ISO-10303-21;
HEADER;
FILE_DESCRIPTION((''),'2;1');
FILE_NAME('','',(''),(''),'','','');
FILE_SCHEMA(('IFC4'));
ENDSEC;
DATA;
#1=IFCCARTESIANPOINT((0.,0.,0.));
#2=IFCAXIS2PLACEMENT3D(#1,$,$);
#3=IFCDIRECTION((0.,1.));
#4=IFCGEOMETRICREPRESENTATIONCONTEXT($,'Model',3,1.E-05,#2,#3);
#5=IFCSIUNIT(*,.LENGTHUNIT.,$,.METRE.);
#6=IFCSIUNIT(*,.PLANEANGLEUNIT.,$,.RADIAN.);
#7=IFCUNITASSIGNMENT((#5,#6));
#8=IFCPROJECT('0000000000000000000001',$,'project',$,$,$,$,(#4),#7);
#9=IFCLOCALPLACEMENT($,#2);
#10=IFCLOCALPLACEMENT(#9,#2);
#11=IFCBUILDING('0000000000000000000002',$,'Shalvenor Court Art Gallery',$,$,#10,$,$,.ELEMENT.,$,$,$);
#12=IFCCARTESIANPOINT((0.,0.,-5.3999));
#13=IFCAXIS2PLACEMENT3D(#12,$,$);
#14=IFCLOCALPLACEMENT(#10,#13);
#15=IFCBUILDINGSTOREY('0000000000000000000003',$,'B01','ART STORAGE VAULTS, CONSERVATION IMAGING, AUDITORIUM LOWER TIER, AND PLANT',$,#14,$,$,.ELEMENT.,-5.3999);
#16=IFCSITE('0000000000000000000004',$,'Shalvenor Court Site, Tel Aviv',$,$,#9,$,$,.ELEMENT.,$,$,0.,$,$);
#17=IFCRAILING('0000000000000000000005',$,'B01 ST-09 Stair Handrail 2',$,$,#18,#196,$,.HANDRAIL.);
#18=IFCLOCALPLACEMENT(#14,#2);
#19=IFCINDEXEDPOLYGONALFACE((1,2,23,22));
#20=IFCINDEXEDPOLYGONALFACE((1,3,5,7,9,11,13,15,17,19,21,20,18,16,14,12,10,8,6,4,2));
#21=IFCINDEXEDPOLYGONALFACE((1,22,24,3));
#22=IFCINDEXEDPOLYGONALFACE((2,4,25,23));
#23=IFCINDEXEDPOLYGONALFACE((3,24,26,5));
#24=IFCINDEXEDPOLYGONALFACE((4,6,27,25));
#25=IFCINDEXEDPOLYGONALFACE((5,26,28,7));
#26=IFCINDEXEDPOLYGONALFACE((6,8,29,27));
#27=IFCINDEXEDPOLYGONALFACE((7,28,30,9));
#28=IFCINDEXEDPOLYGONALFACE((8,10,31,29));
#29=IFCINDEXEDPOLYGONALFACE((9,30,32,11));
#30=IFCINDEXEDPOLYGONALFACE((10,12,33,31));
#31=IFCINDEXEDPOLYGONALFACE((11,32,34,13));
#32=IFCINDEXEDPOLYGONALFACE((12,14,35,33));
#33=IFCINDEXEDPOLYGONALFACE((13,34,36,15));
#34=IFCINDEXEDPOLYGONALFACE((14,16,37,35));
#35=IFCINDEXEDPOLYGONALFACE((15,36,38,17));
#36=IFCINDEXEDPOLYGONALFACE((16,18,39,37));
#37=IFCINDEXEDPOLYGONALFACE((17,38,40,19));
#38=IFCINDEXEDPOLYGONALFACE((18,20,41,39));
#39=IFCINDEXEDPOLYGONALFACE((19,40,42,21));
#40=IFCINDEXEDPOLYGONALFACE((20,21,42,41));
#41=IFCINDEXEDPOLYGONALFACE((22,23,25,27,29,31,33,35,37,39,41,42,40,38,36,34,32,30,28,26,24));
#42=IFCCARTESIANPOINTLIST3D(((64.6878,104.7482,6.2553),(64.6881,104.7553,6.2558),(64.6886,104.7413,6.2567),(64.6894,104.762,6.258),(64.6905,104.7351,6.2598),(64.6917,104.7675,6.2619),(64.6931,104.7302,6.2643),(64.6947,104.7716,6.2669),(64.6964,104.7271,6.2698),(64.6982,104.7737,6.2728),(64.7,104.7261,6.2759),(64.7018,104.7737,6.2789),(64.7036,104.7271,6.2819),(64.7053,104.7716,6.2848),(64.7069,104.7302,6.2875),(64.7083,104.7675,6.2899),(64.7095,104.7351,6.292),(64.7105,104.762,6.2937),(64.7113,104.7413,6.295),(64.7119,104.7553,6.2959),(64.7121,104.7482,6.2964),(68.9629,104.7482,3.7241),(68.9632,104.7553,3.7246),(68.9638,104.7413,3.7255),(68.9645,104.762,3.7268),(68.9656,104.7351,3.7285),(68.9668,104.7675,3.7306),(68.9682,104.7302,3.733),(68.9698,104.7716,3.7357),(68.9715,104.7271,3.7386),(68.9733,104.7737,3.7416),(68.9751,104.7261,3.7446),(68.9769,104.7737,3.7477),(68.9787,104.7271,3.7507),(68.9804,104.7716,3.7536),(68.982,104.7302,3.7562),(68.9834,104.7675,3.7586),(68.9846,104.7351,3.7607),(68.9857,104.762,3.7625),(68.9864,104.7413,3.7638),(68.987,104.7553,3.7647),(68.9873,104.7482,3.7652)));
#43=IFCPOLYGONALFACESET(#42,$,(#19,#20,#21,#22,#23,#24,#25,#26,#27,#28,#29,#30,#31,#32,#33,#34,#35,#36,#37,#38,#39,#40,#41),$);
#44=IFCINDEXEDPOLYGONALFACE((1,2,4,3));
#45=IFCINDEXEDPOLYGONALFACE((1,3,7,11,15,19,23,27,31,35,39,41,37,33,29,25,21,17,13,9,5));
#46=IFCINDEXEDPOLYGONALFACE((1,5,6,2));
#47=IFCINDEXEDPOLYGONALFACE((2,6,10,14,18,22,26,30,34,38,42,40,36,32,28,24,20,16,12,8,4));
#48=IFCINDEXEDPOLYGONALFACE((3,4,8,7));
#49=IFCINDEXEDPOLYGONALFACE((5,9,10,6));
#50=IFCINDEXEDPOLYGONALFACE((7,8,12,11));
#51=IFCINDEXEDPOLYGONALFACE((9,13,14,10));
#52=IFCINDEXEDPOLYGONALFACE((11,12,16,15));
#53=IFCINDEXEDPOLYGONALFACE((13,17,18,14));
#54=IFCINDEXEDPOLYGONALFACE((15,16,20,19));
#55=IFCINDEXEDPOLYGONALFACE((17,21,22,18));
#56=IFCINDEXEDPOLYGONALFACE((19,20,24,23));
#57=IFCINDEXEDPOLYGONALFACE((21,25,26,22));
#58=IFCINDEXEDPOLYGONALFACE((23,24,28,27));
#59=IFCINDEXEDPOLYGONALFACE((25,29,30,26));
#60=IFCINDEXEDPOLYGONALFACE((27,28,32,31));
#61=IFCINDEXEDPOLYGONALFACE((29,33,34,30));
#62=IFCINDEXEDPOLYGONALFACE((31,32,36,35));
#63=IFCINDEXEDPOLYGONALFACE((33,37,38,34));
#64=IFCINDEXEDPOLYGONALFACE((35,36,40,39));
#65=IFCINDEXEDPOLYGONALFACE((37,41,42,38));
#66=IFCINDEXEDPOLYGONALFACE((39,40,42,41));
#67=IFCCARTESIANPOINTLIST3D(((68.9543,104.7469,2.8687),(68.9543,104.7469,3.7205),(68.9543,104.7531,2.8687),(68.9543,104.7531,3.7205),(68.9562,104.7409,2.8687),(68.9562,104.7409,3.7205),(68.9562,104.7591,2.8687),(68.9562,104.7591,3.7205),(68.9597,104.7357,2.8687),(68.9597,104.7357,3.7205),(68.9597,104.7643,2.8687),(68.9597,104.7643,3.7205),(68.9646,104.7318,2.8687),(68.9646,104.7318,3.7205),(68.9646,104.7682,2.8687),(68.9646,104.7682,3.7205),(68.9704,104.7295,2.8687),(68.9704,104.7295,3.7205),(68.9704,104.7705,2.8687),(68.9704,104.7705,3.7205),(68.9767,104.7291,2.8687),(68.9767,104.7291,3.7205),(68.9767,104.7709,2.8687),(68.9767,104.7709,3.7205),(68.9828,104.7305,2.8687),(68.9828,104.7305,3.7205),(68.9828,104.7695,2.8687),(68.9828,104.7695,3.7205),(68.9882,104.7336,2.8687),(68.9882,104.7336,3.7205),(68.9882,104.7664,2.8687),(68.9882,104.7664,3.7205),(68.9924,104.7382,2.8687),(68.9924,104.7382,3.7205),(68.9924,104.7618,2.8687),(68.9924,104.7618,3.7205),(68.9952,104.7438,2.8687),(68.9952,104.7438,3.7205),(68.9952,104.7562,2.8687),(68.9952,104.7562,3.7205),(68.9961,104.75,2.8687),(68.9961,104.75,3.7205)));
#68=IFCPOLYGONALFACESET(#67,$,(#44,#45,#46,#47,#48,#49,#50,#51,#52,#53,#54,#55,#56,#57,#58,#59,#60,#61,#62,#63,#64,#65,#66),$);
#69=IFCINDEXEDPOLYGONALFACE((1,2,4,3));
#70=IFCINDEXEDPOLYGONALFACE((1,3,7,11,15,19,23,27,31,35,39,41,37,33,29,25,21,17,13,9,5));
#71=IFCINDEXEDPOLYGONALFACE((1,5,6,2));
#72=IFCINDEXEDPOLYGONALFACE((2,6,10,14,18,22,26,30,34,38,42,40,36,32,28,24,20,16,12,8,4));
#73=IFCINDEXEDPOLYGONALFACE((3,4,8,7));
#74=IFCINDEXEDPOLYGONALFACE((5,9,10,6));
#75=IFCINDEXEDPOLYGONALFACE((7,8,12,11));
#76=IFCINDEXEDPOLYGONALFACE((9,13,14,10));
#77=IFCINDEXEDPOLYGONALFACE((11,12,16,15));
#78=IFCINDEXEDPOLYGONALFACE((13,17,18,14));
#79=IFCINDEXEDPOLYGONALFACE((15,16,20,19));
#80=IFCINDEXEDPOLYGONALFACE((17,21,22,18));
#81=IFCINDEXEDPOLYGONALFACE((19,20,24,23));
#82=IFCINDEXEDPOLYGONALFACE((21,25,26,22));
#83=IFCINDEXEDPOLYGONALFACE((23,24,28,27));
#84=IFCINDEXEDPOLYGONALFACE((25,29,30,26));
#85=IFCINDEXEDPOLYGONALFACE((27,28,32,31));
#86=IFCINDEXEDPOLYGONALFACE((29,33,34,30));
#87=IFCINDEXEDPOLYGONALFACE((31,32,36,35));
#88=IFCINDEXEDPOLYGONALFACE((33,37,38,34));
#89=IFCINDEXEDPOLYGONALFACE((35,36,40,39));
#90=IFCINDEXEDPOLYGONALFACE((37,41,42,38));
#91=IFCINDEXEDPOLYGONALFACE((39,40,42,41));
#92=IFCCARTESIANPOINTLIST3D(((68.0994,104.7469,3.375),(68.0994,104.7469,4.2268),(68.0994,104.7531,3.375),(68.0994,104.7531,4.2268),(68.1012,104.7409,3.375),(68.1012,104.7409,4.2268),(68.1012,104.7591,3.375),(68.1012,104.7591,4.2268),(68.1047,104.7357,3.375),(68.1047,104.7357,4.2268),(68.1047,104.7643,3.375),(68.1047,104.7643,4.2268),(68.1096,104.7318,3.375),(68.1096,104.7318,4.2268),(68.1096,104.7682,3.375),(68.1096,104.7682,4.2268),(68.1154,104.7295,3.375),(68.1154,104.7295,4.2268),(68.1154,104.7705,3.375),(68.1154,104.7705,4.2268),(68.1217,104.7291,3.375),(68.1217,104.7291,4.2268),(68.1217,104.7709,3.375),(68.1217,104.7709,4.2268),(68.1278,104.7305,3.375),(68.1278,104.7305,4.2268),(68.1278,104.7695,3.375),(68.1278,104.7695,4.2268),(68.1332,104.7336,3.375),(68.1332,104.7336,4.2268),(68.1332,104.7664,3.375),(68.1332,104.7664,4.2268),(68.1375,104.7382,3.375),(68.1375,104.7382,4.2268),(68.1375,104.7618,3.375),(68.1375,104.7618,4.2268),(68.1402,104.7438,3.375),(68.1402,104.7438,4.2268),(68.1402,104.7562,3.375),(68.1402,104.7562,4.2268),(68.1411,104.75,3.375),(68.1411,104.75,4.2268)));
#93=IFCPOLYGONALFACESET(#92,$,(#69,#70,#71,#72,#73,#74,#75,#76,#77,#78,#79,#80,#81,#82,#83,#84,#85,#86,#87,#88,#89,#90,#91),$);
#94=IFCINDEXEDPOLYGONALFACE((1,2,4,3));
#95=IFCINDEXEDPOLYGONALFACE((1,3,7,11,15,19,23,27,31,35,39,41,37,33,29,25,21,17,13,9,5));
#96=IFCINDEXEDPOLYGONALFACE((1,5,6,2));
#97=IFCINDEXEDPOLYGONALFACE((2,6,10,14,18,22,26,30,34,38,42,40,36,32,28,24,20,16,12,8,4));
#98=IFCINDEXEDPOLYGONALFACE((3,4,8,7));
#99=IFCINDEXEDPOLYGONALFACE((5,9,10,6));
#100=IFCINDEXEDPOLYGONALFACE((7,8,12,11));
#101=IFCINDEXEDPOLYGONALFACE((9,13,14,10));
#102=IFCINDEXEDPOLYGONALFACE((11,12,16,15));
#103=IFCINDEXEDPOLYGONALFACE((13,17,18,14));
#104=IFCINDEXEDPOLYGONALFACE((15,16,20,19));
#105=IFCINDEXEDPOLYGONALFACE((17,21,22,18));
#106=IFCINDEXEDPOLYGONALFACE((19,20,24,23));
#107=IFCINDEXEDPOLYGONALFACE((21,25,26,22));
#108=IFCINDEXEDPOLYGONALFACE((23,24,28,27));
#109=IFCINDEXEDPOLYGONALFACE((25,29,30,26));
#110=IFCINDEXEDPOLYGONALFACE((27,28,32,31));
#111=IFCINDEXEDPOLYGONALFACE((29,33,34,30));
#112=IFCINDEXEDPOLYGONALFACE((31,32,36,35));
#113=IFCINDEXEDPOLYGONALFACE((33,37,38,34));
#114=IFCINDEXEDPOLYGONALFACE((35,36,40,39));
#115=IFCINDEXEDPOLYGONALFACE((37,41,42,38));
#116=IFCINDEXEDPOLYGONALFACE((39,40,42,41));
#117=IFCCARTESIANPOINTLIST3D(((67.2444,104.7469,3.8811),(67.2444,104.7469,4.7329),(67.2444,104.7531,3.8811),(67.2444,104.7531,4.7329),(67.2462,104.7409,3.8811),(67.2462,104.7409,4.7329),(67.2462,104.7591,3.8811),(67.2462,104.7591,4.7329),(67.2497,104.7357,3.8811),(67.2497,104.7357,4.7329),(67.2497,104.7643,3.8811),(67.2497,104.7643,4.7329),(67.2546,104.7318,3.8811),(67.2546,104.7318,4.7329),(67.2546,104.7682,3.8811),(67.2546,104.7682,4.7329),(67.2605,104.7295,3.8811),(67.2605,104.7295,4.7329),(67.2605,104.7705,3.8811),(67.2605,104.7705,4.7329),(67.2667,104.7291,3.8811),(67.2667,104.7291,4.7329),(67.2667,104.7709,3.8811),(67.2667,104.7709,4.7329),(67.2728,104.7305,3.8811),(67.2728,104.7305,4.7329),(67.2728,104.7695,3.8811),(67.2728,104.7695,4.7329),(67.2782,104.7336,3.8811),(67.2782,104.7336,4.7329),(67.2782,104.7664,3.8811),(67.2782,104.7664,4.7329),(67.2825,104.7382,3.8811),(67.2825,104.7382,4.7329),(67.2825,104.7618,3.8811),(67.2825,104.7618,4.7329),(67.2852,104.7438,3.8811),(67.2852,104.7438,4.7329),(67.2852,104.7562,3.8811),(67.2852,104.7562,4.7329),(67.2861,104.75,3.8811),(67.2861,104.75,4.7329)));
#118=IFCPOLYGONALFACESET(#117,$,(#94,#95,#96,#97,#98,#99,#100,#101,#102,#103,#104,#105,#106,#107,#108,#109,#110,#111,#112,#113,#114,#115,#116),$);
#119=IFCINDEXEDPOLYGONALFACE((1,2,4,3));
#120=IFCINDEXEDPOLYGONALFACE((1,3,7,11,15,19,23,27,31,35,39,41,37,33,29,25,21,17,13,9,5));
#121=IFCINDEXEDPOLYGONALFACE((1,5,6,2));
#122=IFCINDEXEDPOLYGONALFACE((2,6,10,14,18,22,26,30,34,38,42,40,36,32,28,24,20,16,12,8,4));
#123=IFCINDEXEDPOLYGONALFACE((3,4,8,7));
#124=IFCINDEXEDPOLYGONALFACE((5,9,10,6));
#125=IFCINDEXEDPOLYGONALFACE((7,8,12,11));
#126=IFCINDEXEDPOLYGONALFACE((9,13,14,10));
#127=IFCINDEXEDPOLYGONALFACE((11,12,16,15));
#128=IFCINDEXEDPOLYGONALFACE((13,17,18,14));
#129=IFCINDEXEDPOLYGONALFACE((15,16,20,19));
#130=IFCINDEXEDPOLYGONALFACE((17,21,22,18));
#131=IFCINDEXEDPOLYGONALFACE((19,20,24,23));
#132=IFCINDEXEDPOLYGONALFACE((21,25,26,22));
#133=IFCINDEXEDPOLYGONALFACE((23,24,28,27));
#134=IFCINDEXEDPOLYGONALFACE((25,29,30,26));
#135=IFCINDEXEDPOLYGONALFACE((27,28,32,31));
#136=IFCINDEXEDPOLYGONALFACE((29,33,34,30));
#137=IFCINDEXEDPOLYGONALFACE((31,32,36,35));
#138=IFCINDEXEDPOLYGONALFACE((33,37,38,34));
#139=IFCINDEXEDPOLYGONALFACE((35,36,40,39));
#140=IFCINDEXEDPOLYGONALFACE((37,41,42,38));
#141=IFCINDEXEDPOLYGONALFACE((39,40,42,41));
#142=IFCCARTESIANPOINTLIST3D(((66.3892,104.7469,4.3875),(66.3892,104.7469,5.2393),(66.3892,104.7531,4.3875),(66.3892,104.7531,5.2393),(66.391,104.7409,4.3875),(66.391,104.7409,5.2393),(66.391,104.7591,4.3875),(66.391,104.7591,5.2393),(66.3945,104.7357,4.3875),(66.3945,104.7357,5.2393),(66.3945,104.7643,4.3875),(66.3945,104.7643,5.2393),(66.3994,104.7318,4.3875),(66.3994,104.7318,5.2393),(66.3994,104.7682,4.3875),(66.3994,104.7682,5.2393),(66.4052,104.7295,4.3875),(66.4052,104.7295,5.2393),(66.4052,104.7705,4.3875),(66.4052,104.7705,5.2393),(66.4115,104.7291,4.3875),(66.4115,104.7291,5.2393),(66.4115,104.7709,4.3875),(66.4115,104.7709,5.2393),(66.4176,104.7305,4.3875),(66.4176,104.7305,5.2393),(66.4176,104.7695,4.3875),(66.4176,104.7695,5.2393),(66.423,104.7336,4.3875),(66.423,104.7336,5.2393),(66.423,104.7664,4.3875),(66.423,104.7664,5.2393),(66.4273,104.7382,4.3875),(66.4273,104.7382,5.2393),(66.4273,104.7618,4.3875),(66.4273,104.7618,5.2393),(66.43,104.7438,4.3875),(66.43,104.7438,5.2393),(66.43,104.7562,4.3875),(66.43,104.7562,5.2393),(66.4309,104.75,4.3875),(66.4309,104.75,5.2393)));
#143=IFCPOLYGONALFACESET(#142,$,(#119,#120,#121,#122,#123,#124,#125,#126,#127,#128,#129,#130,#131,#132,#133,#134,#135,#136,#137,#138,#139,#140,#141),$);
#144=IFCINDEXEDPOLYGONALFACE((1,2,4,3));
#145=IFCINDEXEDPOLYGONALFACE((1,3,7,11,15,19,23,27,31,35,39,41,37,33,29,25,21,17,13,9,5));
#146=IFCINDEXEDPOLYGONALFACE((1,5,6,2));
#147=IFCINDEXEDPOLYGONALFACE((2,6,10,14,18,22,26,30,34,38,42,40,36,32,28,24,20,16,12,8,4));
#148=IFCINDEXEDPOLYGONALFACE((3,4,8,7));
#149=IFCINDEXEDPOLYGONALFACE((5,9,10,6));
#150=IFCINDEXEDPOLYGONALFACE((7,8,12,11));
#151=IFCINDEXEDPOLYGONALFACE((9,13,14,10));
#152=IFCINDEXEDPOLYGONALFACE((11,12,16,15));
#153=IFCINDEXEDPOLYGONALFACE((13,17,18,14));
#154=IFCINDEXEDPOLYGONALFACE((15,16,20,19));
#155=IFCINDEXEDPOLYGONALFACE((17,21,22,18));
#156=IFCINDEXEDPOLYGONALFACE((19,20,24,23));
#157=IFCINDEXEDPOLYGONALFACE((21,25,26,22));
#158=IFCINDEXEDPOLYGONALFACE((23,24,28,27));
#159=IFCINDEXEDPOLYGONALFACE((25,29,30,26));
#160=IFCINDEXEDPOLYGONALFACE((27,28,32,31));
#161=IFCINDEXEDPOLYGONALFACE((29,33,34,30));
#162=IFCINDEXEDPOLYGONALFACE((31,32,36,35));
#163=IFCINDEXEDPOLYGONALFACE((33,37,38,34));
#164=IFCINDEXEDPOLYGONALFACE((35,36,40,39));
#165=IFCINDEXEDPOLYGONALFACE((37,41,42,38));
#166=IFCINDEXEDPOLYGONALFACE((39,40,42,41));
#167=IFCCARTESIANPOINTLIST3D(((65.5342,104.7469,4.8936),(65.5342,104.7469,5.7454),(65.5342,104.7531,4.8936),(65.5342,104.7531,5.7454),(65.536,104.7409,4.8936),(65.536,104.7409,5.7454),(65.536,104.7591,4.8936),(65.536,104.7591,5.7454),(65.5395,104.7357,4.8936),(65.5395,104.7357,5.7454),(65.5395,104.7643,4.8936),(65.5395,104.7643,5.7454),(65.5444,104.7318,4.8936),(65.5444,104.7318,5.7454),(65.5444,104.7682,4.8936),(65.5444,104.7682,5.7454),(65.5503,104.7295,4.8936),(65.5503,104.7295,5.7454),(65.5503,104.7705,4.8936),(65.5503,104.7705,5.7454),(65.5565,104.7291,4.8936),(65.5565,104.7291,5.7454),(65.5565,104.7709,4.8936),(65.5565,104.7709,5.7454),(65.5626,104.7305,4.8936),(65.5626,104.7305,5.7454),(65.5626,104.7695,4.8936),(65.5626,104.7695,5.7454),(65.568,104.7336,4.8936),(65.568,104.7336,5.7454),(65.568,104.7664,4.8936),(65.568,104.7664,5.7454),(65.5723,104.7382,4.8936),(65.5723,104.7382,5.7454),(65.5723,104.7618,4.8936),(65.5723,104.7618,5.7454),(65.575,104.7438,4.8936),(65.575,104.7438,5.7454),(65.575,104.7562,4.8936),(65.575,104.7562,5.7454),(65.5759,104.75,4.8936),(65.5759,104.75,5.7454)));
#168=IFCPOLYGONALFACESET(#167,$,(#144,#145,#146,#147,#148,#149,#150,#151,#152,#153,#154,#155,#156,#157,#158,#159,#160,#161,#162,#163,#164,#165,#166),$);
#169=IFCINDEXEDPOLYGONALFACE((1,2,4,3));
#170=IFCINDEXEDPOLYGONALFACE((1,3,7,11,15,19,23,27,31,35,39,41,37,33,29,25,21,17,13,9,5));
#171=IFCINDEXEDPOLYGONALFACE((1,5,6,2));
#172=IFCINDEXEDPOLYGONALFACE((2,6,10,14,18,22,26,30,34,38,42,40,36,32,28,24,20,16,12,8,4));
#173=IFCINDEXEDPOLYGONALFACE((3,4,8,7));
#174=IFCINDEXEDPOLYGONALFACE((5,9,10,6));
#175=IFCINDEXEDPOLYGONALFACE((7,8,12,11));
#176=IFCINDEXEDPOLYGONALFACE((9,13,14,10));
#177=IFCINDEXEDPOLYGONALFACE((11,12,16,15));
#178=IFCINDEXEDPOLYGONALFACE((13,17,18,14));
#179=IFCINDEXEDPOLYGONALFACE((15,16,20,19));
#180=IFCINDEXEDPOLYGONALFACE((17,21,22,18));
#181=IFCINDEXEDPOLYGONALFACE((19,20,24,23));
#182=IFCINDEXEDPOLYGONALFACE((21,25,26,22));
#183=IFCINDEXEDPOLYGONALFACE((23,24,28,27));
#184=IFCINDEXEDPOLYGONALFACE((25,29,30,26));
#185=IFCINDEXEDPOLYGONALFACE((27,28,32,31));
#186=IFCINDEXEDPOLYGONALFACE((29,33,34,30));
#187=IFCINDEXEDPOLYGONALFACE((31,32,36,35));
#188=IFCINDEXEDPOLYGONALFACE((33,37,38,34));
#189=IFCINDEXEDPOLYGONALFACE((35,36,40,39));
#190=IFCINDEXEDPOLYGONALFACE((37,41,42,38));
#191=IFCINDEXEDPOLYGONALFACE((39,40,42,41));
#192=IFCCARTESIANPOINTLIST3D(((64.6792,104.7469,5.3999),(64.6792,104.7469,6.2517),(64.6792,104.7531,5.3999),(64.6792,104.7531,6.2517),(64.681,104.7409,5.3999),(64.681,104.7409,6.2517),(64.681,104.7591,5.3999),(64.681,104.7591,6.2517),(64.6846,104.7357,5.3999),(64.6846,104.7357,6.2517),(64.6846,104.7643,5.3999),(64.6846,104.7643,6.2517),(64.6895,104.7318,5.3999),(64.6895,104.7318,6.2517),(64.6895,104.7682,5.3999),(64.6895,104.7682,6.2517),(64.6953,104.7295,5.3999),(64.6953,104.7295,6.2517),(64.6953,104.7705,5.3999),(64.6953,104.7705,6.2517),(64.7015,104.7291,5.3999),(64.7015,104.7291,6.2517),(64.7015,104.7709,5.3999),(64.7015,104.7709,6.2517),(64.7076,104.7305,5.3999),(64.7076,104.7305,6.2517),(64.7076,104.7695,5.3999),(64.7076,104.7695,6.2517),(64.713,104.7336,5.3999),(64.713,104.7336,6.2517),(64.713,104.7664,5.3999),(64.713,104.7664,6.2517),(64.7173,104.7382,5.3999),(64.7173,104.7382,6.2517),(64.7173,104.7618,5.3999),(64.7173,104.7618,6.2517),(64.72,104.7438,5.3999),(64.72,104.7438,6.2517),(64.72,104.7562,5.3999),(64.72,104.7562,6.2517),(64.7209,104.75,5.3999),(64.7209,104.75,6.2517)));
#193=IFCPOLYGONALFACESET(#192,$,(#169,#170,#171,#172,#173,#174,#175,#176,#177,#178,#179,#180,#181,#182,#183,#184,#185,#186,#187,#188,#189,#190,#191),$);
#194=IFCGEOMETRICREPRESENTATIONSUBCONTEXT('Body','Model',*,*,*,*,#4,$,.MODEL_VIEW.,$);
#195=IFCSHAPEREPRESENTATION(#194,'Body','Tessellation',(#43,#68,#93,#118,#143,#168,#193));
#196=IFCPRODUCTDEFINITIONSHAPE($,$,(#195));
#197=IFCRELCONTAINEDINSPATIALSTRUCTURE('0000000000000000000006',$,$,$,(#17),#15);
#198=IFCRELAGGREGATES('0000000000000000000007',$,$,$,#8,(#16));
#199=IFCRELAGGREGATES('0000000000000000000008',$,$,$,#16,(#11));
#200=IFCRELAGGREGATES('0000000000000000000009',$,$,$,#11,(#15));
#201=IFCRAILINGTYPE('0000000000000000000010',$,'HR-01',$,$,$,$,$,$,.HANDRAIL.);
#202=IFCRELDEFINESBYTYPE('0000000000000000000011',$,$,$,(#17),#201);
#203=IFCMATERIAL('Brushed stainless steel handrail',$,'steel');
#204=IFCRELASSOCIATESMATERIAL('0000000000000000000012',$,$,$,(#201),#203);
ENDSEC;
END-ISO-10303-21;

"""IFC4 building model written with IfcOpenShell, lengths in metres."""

from ifc_helpers import new_model, si_unit, direction, frame, origin, origin_2d, place, context, subcontext, project, spatial, circle, extrude, material, type_object, element, save


model = new_model("IFC4")

# Units and contexts
model_context = context("Model", 3, precision=1e-05, world=origin(), true_north=direction((0.0, 1.0)))
body_context = subcontext(model_context, "Body", "Model", "MODEL_VIEW")
ifc_project = project(units=[si_unit("LENGTHUNIT", "METRE"), si_unit("PLANEANGLEUNIT", "RADIAN")], contexts=[model_context])

# Site, building, storey
site_placement = place(None, origin())
site = spatial("IfcSite", under=ifc_project, at=site_placement, Name="Shalvenor Court Site, Tel Aviv", CompositionType="ELEMENT", RefElevation=0.0)
building_placement = place(site_placement, origin())
building = spatial("IfcBuilding", under=site, at=building_placement, Name="Shalvenor Court Art Gallery", CompositionType="ELEMENT")
storey_placement = place(building_placement, frame((0.0, 0.0, -5.3999)))
storey = spatial("IfcBuildingStorey", under=building, at=storey_placement, Name="B01", Description="ART STORAGE VAULTS, CONSERVATION IMAGING, AUDITORIUM LOWER TIER, AND PLANT", CompositionType="ELEMENT", Elevation=-5.3999)

# Railing
ifc_material_1 = material(Name="Brushed stainless steel handrail", Category="steel")
railing_type_1 = type_object("IfcRailingType", Name="HR-01", PredefinedType="HANDRAIL", material=ifc_material_1)
railing_1_placement = place(storey_placement, frame((68.9751, 104.75, 2.8687)))
element("IfcRailing", 1, at=railing_1_placement, inside=storey, type_object=railing_type_1, Name="B01 ST-09 Stair Handrail 2", PredefinedType="HANDRAIL", context=body_context, shape_type="SweptSolid", body=[
    extrude(circle(Radius=0.0239, at=origin_2d()), frame((0.0, 0.0, 0.876), z_axis=(-0.860483, 0.0, 0.509479), x_axis=(0.0, -1.0, 0.0)), (0.0, 0.0, 1.0), 4.9683),
    extrude(circle(Radius=0.021, at=origin_2d()), origin(), (0.0, 0.0, 1.0), 0.8518),
    extrude(circle(Radius=0.021, at=origin_2d()), frame((-0.855, 0.0, 0.5063)), (0.0, 0.0, 1.0), 0.8518),
    extrude(circle(Radius=0.021, at=origin_2d()), frame((-1.71, 0.0, 1.0125)), (0.0, 0.0, 1.0), 0.8518),
    extrude(circle(Radius=0.021, at=origin_2d()), frame((-2.5652, 0.0, 1.5188)), (0.0, 0.0, 1.0), 0.8518),
    extrude(circle(Radius=0.021, at=origin_2d()), frame((-3.4202, 0.0, 2.0249)), (0.0, 0.0, 1.0), 0.8518),
    extrude(circle(Radius=0.021, at=origin_2d()), frame((-4.2751, 0.0, 2.5312)), (0.0, 0.0, 1.0), 0.8518),
])

save(model, "model.ifc")
